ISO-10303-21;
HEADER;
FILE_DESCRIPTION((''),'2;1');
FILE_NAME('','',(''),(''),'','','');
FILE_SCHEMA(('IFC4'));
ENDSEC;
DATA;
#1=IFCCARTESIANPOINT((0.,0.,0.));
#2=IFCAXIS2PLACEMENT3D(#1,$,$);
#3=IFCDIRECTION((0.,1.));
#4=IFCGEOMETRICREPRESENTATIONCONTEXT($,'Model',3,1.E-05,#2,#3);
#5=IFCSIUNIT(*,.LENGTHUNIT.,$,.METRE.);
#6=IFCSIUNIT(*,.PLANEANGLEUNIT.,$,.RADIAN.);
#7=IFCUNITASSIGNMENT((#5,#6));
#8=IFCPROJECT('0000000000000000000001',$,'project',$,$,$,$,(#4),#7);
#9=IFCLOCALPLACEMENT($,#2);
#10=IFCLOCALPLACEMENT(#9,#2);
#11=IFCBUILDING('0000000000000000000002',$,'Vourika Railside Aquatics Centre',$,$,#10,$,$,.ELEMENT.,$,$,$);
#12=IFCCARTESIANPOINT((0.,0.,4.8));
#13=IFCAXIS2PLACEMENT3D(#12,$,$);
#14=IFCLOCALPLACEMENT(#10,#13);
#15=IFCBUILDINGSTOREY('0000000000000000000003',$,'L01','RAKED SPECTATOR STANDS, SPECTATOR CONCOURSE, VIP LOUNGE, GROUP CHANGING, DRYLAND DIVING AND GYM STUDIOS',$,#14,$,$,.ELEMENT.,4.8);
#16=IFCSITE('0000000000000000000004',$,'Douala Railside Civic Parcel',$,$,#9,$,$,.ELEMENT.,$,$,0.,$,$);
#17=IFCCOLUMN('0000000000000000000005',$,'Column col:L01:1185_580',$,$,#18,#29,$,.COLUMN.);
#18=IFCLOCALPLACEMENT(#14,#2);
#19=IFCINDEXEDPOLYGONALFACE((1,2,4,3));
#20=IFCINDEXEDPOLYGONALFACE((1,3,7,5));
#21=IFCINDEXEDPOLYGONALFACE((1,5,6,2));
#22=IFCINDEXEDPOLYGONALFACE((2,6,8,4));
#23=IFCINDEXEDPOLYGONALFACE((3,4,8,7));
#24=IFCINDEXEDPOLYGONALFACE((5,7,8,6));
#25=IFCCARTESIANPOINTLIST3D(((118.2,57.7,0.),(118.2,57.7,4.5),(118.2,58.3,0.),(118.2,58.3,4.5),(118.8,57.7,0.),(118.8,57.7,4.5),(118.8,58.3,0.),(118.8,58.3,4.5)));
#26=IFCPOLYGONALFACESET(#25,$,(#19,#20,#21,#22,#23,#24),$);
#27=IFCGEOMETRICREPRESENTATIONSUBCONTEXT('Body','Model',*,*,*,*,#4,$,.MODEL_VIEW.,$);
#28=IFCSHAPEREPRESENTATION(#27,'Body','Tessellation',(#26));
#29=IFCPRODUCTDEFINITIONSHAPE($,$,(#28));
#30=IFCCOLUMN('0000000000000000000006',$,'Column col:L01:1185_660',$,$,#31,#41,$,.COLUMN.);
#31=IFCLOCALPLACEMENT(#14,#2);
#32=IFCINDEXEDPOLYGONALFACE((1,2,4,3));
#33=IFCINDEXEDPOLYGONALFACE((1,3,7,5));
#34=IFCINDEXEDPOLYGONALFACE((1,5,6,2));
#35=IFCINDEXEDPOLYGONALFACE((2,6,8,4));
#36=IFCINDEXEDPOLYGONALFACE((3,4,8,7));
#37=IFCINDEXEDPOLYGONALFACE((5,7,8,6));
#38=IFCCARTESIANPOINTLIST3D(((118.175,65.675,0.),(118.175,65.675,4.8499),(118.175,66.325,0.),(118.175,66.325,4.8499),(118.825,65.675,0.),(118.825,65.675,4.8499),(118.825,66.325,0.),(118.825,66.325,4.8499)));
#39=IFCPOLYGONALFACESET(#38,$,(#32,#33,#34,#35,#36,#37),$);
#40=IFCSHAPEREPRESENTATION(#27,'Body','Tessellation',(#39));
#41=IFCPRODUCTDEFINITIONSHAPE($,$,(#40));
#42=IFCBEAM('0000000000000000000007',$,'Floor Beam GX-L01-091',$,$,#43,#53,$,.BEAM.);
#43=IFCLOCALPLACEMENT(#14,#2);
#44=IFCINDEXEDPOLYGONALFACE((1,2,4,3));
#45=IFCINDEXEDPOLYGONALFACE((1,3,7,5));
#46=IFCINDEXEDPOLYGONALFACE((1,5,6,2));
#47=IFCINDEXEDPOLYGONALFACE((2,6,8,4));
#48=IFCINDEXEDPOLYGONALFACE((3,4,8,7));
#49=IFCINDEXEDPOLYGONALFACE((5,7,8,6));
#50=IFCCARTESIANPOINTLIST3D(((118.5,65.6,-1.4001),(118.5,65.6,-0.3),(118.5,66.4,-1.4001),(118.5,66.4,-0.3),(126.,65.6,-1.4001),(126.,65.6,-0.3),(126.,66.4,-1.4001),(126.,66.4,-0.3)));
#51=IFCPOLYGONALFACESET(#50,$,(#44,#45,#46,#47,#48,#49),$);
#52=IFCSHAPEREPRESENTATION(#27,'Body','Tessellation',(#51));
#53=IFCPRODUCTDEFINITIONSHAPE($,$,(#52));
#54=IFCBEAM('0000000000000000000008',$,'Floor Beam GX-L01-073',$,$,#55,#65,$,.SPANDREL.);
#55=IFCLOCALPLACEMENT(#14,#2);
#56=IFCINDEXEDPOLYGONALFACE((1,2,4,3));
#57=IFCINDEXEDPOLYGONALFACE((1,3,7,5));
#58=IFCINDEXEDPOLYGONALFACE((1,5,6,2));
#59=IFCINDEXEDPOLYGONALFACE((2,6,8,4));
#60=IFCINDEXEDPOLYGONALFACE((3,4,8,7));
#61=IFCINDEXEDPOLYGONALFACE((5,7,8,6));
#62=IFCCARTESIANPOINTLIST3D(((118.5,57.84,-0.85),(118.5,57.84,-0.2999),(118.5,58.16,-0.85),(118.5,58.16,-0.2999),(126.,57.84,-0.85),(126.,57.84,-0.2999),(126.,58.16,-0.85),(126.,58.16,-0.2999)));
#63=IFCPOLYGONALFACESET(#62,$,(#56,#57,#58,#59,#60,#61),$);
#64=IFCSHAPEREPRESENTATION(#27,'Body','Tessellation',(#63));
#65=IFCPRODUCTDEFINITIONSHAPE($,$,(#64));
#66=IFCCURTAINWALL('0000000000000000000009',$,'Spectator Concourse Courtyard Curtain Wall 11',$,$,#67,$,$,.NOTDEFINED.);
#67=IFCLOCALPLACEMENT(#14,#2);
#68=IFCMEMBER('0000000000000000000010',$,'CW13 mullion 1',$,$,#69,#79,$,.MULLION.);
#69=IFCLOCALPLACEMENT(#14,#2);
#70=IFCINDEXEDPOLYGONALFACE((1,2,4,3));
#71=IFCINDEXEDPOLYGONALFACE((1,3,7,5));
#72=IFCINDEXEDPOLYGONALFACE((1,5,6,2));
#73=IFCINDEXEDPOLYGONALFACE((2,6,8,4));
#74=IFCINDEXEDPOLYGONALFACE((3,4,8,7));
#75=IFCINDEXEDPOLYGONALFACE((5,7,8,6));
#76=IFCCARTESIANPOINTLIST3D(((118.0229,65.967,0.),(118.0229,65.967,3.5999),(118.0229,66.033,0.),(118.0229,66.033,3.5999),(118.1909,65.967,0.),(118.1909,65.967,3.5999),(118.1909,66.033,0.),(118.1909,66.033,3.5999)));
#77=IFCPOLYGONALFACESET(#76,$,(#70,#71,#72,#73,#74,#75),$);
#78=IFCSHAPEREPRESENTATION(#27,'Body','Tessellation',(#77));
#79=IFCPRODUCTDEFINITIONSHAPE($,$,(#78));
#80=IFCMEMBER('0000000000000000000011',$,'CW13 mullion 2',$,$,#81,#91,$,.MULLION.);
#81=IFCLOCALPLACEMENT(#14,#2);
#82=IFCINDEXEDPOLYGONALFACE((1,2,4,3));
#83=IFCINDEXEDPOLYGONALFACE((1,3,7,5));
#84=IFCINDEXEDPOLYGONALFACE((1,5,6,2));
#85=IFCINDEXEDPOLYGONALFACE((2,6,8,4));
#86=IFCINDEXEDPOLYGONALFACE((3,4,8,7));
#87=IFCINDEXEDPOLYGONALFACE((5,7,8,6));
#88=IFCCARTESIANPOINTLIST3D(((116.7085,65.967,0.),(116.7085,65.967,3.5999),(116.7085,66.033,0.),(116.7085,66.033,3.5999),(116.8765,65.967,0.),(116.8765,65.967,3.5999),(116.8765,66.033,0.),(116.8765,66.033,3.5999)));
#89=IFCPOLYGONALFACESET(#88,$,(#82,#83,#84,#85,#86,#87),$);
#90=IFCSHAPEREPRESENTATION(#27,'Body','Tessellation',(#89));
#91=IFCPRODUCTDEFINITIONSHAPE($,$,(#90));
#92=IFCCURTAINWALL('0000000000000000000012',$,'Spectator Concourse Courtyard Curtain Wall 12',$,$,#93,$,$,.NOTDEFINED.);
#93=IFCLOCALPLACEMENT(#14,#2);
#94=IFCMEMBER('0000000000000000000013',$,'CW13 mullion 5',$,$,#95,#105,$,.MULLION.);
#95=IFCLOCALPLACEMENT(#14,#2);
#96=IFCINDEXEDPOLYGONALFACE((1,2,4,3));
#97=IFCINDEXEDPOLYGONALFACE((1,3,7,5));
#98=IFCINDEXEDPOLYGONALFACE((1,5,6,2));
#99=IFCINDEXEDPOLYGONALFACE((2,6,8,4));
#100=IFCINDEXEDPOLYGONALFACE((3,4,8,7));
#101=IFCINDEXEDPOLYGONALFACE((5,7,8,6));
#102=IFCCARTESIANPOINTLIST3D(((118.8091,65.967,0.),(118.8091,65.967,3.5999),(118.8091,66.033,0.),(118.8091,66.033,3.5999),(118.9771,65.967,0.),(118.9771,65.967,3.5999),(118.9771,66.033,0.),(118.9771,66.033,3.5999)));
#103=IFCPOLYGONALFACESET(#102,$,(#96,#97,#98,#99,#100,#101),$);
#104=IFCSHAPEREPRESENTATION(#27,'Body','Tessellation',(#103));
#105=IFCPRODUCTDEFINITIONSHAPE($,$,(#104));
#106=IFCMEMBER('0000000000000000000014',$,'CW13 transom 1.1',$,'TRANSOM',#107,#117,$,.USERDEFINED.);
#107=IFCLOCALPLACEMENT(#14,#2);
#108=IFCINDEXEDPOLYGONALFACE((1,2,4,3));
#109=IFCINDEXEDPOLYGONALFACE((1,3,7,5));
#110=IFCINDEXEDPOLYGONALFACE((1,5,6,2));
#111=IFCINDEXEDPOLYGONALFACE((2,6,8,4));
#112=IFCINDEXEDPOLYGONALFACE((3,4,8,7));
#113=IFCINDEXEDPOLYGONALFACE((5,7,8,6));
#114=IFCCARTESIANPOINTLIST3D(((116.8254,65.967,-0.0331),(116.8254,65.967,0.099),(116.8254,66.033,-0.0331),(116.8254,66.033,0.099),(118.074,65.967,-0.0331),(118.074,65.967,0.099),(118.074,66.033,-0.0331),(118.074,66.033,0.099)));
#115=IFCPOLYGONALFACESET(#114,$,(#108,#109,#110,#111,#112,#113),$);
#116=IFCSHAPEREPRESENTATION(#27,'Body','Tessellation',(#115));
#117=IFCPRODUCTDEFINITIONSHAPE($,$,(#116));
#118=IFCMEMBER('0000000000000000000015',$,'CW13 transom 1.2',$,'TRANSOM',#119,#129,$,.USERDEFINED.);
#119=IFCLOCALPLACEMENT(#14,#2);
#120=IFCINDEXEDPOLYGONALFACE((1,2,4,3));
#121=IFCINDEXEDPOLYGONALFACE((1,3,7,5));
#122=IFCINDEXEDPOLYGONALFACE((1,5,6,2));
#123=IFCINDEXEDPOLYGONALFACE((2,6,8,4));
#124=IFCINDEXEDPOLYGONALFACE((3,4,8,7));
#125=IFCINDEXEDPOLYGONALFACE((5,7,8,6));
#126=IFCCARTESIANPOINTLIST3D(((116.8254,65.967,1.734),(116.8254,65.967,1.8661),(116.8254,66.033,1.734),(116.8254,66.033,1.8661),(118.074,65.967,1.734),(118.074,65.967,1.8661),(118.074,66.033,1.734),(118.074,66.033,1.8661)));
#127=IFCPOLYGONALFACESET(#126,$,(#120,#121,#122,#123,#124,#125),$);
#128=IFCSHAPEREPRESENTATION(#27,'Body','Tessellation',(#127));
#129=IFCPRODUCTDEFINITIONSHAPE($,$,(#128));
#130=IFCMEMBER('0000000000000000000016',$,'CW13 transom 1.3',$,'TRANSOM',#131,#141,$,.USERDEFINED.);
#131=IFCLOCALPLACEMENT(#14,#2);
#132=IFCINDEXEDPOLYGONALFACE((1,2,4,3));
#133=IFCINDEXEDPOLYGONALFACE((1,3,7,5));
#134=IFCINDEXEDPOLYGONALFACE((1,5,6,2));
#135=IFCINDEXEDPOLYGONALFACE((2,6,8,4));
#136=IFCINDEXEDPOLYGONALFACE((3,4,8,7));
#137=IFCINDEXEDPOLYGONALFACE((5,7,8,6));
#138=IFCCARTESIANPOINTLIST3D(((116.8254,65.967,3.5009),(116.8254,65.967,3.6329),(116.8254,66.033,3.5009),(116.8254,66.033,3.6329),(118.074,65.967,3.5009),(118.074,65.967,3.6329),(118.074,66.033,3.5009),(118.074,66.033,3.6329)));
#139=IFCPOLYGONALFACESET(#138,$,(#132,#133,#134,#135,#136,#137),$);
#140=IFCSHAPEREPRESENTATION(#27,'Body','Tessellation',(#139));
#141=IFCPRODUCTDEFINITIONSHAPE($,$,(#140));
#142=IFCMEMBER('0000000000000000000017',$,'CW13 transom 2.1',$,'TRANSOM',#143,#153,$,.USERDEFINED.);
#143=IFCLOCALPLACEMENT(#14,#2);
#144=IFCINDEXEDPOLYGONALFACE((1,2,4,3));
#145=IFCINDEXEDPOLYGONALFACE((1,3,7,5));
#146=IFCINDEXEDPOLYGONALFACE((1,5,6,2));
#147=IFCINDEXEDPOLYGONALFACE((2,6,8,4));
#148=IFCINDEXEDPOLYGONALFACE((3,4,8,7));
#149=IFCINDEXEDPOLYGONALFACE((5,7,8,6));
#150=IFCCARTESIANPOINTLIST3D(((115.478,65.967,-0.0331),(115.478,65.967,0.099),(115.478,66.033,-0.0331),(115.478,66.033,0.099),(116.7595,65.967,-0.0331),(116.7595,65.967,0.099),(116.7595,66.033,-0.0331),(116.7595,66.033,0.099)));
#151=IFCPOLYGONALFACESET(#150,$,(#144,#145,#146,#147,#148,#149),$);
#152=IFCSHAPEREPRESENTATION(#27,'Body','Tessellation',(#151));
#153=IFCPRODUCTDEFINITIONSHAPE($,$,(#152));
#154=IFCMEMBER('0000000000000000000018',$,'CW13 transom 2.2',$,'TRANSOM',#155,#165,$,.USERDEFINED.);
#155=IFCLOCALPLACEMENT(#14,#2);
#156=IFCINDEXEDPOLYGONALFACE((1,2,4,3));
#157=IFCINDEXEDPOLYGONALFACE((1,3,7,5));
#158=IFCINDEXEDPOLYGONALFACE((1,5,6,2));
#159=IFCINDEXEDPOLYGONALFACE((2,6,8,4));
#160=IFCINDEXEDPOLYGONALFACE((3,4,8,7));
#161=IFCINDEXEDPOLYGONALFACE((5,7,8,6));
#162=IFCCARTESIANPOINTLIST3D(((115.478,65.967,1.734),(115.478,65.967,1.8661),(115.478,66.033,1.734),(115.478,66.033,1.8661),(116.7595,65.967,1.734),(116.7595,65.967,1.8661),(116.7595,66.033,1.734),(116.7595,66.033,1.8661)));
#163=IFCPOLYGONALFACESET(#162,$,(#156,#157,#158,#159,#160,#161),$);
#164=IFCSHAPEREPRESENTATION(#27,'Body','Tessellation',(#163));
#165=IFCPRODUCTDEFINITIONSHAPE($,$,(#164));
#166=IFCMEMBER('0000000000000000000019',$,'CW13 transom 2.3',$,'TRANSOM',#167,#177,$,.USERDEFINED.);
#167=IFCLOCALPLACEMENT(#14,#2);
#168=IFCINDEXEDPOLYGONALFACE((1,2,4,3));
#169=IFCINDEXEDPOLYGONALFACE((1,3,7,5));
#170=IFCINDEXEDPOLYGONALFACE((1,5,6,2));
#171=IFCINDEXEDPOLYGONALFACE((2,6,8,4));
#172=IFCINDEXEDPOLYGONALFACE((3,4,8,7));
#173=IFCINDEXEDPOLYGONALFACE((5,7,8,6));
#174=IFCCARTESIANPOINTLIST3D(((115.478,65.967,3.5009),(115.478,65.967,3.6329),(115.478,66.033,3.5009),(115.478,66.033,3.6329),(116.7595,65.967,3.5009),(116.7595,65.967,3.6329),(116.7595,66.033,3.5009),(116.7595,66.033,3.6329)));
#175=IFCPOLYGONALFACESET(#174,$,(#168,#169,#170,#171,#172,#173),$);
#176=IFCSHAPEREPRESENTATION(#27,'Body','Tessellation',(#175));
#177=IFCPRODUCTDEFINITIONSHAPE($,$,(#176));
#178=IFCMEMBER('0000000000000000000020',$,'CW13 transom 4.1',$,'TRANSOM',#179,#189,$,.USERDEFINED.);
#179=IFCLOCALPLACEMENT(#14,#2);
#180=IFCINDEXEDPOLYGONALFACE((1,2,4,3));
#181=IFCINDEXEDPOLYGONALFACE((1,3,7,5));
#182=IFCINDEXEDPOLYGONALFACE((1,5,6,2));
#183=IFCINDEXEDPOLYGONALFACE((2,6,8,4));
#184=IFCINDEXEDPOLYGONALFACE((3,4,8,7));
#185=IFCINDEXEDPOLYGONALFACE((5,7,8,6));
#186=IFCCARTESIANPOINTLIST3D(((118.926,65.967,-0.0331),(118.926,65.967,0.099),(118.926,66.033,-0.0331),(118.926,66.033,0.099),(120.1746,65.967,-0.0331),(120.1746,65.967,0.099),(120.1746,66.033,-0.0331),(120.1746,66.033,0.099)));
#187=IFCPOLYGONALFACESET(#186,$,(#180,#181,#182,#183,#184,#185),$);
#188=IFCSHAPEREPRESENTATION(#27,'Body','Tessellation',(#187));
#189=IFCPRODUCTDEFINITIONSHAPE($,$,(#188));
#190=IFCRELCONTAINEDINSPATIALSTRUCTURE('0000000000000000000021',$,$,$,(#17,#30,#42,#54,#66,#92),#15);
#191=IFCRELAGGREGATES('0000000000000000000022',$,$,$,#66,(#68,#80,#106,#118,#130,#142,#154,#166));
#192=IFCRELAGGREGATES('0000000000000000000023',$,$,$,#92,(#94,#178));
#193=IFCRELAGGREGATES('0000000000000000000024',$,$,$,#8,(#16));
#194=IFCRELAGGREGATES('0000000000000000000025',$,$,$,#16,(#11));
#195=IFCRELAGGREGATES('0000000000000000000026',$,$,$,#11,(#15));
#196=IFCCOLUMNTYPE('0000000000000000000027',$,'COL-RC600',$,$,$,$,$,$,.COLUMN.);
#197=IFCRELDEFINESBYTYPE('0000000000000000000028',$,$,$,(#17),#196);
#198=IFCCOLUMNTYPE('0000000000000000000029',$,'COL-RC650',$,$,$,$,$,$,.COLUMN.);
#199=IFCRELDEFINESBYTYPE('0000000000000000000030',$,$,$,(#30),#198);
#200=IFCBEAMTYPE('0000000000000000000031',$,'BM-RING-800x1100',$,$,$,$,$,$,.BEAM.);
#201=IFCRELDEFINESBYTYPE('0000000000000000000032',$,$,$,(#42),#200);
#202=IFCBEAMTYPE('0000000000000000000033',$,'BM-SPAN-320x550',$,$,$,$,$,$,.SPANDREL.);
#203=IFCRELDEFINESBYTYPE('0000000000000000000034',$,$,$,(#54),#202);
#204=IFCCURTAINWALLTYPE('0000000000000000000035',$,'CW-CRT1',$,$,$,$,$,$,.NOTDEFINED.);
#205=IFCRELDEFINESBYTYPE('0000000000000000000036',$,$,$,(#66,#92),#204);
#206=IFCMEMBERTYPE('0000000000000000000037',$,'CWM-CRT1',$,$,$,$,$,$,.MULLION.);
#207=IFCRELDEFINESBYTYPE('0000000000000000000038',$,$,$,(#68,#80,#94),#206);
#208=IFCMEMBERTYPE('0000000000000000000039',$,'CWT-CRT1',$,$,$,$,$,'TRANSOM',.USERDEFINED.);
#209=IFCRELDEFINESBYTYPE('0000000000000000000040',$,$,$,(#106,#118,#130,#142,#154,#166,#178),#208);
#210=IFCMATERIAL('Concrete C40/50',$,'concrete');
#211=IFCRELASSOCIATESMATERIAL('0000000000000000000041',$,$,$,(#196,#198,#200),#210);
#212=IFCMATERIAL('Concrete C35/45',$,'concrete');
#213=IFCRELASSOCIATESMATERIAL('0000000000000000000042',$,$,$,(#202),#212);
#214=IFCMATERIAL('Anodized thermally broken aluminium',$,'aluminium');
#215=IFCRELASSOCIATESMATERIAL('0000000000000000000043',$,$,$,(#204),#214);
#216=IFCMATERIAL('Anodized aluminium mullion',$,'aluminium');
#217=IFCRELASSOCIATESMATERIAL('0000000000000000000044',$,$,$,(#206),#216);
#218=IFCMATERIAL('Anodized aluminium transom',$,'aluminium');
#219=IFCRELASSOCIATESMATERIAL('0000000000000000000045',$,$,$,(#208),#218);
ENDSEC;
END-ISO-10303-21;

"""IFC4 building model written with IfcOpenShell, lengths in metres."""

from ifc_helpers import new_model, si_unit, direction, frame, origin, origin_2d, place, context, subcontext, project, spatial, rectangle, extrude, material, material_profile, profile_set, type_object, element, aggregate, save


model = new_model("IFC4")

# Units and contexts
model_context = context("Model", 3, precision=1e-05, world=origin(), true_north=direction((0.0, 1.0)))
body_context = subcontext(model_context, "Body", "Model", "MODEL_VIEW")
ifc_project = project(units=[si_unit("LENGTHUNIT", "METRE"), si_unit("PLANEANGLEUNIT", "RADIAN")], contexts=[model_context])

# Site, building, storey
site_placement = place(None, origin())
site = spatial("IfcSite", under=ifc_project, at=site_placement, Name="Douala Railside Civic Parcel", CompositionType="ELEMENT", RefElevation=0.0)
building_placement = place(site_placement, origin())
building = spatial("IfcBuilding", under=site, at=building_placement, Name="Vourika Railside Aquatics Centre", CompositionType="ELEMENT")
storey_placement = place(building_placement, frame((0.0, 0.0, 4.8)))
storey = spatial("IfcBuildingStorey", under=building, at=storey_placement, Name="L01", Description="RAKED SPECTATOR STANDS, SPECTATOR CONCOURSE, VIP LOUNGE, GROUP CHANGING, DRYLAND DIVING AND GYM STUDIOS", CompositionType="ELEMENT", Elevation=4.8)

# Columns
ifc_material_1 = material(Name="Concrete C40/50", Category="concrete")
ifc_material_profile_1 = material_profile(ifc_material_1, rectangle(XDim=0.6001, YDim=0.6001, at=origin_2d()), Name="RC 600x600")
ifc_profile_set_1 = profile_set([ifc_material_profile_1], Name="Concrete C40/50")
column_type_1 = type_object("IfcColumnType", Name="COL-RC600", PredefinedType="COLUMN", material=ifc_profile_set_1)
column_1_placement = place(storey_placement, frame((118.5, 58.0, 0.0), z_axis=(0.0, 0.0, 1.0), x_axis=(1.0, 0.0, 0.0)))
element("IfcColumn", 1, at=column_1_placement, inside=storey, type_object=column_type_1, Name="Column col:L01:1185_580", PredefinedType="COLUMN", context=body_context, shape_type="SweptSolid", body=[
    extrude(rectangle(XDim=0.6001, YDim=0.6001, at=origin_2d()), origin(), (0.0, 0.0, 1.0), 4.5),
])
ifc_material_profile_2 = material_profile(ifc_material_1, rectangle(XDim=0.6499, YDim=0.6499, at=origin_2d()), Name="RC 650x650")
ifc_profile_set_2 = profile_set([ifc_material_profile_2], Name="Concrete C40/50")
column_type_2 = type_object("IfcColumnType", Name="COL-RC650", PredefinedType="COLUMN", material=ifc_profile_set_2)
column_2_placement = place(storey_placement, frame((118.5, 66.0, 0.0), z_axis=(0.0, 0.0, 1.0), x_axis=(1.0, 0.0, 0.0)))
element("IfcColumn", 2, at=column_2_placement, inside=storey, type_object=column_type_2, Name="Column col:L01:1185_660", PredefinedType="COLUMN", context=body_context, shape_type="SweptSolid", body=[
    extrude(rectangle(XDim=0.6499, YDim=0.6499, at=origin_2d()), origin(), (0.0, 0.0, 1.0), 4.8499),
])

# Beams
ifc_material_profile_3 = material_profile(ifc_material_1, rectangle(XDim=0.8, YDim=1.1001, at=origin_2d()), Name="RC 800x1100")
ifc_profile_set_3 = profile_set([ifc_material_profile_3], Name="Concrete C40/50")
beam_type_1 = type_object("IfcBeamType", Name="BM-RING-800x1100", PredefinedType="BEAM", material=ifc_profile_set_3)
beam_1_placement = place(storey_placement, frame((118.5, 66.0, -0.8501), z_axis=(1.0, 0.0, 0.0), x_axis=(0.0, 1.0, 0.0)))
element("IfcBeam", 3, at=beam_1_placement, inside=storey, type_object=beam_type_1, Name="Floor Beam GX-L01-091", PredefinedType="BEAM", context=body_context, shape_type="SweptSolid", body=[
    extrude(rectangle(XDim=0.8, YDim=1.1001, at=origin_2d()), origin(), (0.0, 0.0, 1.0), 7.5),
])
ifc_material_2 = material(Name="Concrete C35/45", Category="concrete")
ifc_material_profile_4 = material_profile(ifc_material_2, rectangle(XDim=0.3201, YDim=0.55, at=origin_2d()), Name="RC 320x550")
ifc_profile_set_4 = profile_set([ifc_material_profile_4], Name="Concrete C35/45")
beam_type_2 = type_object("IfcBeamType", Name="BM-SPAN-320x550", PredefinedType="SPANDREL", material=ifc_profile_set_4)
beam_2_placement = place(storey_placement, frame((118.5, 58.0, -0.575), z_axis=(1.0, 0.0, 0.0), x_axis=(0.0, 1.0, 0.0)))
element("IfcBeam", 4, at=beam_2_placement, inside=storey, type_object=beam_type_2, Name="Floor Beam GX-L01-073", PredefinedType="SPANDREL", context=body_context, shape_type="SweptSolid", body=[
    extrude(rectangle(XDim=0.3201, YDim=0.55, at=origin_2d()), origin(), (0.0, 0.0, 1.0), 7.5),
])

# Curtain wall, members
ifc_material_3 = material(Name="Anodized thermally broken aluminium", Category="aluminium")
curtain_wall_type = type_object("IfcCurtainWallType", Name="CW-CRT1", PredefinedType="NOTDEFINED", material=ifc_material_3)
curtain_wall_1_placement = place(storey_placement, origin())
curtain_wall_1 = element("IfcCurtainWall", 5, at=curtain_wall_1_placement, inside=storey, type_object=curtain_wall_type, Name="Spectator Concourse Courtyard Curtain Wall 11", PredefinedType="NOTDEFINED")
ifc_material_4 = material(Name="Anodized aluminium mullion", Category="aluminium")
ifc_material_profile_5 = material_profile(ifc_material_4, rectangle(XDim=0.0659, YDim=0.168, at=origin_2d()), Name="ALU-M 66x168")
ifc_profile_set_5 = profile_set([ifc_material_profile_5], Name="Anodized aluminium mullion")
member_type_1 = type_object("IfcMemberType", Name="CWM-CRT1", PredefinedType="MULLION", material=ifc_profile_set_5)
member_1_placement = place(storey_placement, frame((118.1069, 66.0, 0.0), z_axis=(0.0, 0.0, 1.0), x_axis=(0.0, -1.0, 0.0)))
member_1 = element("IfcMember", 6, at=member_1_placement, type_object=member_type_1, Name="CW13 mullion 1", PredefinedType="MULLION", context=body_context, shape_type="SweptSolid", body=[
    extrude(rectangle(XDim=0.0659, YDim=0.168, at=origin_2d()), origin(), (0.0, 0.0, 1.0), 3.5999),
])
member_2_placement = place(storey_placement, frame((116.7925, 66.0, 0.0), z_axis=(0.0, 0.0, 1.0), x_axis=(0.0, -1.0, 0.0)))
member_2 = element("IfcMember", 7, at=member_2_placement, type_object=member_type_1, Name="CW13 mullion 2", PredefinedType="MULLION", context=body_context, shape_type="SweptSolid", body=[
    extrude(rectangle(XDim=0.0659, YDim=0.168, at=origin_2d()), origin(), (0.0, 0.0, 1.0), 3.5999),
])

# Curtain wall, member
curtain_wall_2_placement = place(storey_placement, origin())
curtain_wall_2 = element("IfcCurtainWall", 8, at=curtain_wall_2_placement, inside=storey, type_object=curtain_wall_type, Name="Spectator Concourse Courtyard Curtain Wall 12", PredefinedType="NOTDEFINED")
member_3_placement = place(storey_placement, frame((118.8931, 66.0, 0.0), z_axis=(0.0, 0.0, 1.0), x_axis=(0.0, -1.0, 0.0)))
member_3 = element("IfcMember", 9, at=member_3_placement, type_object=member_type_1, Name="CW13 mullion 5", PredefinedType="MULLION", context=body_context, shape_type="SweptSolid", body=[
    extrude(rectangle(XDim=0.0659, YDim=0.168, at=origin_2d()), origin(), (0.0, 0.0, 1.0), 3.5999),
])

# Members
ifc_material_5 = material(Name="Anodized aluminium transom", Category="aluminium")
ifc_material_profile_6 = material_profile(ifc_material_5, rectangle(XDim=0.0659, YDim=0.1321, at=origin_2d()), Name="ALU-T 66x132")
ifc_profile_set_6 = profile_set([ifc_material_profile_6], Name="Anodized aluminium transom")
member_type_2 = type_object("IfcMemberType", Name="CWT-CRT1", ElementType="TRANSOM", PredefinedType="USERDEFINED", material=ifc_profile_set_6)
member_4_placement = place(storey_placement, frame((118.074, 66.0, 0.033), z_axis=(-1.0, 0.0, 0.0), x_axis=(0.0, -1.0, 0.0)))
member_4 = element("IfcMember", 10, at=member_4_placement, type_object=member_type_2, Name="CW13 transom 1.1", ObjectType="TRANSOM", PredefinedType="USERDEFINED", context=body_context, shape_type="SweptSolid", body=[
    extrude(rectangle(XDim=0.0659, YDim=0.1321, at=origin_2d()), origin(), (0.0, 0.0, 1.0), 1.2485),
])
member_5_placement = place(storey_placement, frame((118.074, 66.0, 1.8), z_axis=(-1.0, 0.0, 0.0), x_axis=(0.0, -1.0, 0.0)))
member_5 = element("IfcMember", 11, at=member_5_placement, type_object=member_type_2, Name="CW13 transom 1.2", ObjectType="TRANSOM", PredefinedType="USERDEFINED", context=body_context, shape_type="SweptSolid", body=[
    extrude(rectangle(XDim=0.0659, YDim=0.1321, at=origin_2d()), origin(), (0.0, 0.0, 1.0), 1.2485),
])
member_6_placement = place(storey_placement, frame((118.074, 66.0, 3.5669), z_axis=(-1.0, 0.0, 0.0), x_axis=(0.0, -1.0, 0.0)))
member_6 = element("IfcMember", 12, at=member_6_placement, type_object=member_type_2, Name="CW13 transom 1.3", ObjectType="TRANSOM", PredefinedType="USERDEFINED", context=body_context, shape_type="SweptSolid", body=[
    extrude(rectangle(XDim=0.0659, YDim=0.1321, at=origin_2d()), origin(), (0.0, 0.0, 1.0), 1.2485),
])
member_7_placement = place(storey_placement, frame((116.7595, 66.0, 0.033), z_axis=(-1.0, 0.0, 0.0), x_axis=(0.0, -1.0, 0.0)))
member_7 = element("IfcMember", 13, at=member_7_placement, type_object=member_type_2, Name="CW13 transom 2.1", ObjectType="TRANSOM", PredefinedType="USERDEFINED", context=body_context, shape_type="SweptSolid", body=[
    extrude(rectangle(XDim=0.0659, YDim=0.1321, at=origin_2d()), origin(), (0.0, 0.0, 1.0), 1.2815),
])
member_8_placement = place(storey_placement, frame((116.7595, 66.0, 1.8), z_axis=(-1.0, 0.0, 0.0), x_axis=(0.0, -1.0, 0.0)))
member_8 = element("IfcMember", 14, at=member_8_placement, type_object=member_type_2, Name="CW13 transom 2.2", ObjectType="TRANSOM", PredefinedType="USERDEFINED", context=body_context, shape_type="SweptSolid", body=[
    extrude(rectangle(XDim=0.0659, YDim=0.1321, at=origin_2d()), origin(), (0.0, 0.0, 1.0), 1.2815),
])
member_9_placement = place(storey_placement, frame((116.7595, 66.0, 3.5669), z_axis=(-1.0, 0.0, 0.0), x_axis=(0.0, -1.0, 0.0)))
member_9 = element("IfcMember", 15, at=member_9_placement, type_object=member_type_2, Name="CW13 transom 2.3", ObjectType="TRANSOM", PredefinedType="USERDEFINED", context=body_context, shape_type="SweptSolid", body=[
    extrude(rectangle(XDim=0.0659, YDim=0.1321, at=origin_2d()), origin(), (0.0, 0.0, 1.0), 1.2815),
])
member_10_placement = place(storey_placement, frame((120.1746, 66.0, 0.033), z_axis=(-1.0, 0.0, 0.0), x_axis=(0.0, -1.0, 0.0)))
member_10 = element("IfcMember", 16, at=member_10_placement, type_object=member_type_2, Name="CW13 transom 4.1", ObjectType="TRANSOM", PredefinedType="USERDEFINED", context=body_context, shape_type="SweptSolid", body=[
    extrude(rectangle(XDim=0.0659, YDim=0.1321, at=origin_2d()), origin(), (0.0, 0.0, 1.0), 1.2485),
])

aggregate(curtain_wall_1, [member_1, member_2, member_4, member_5, member_6, member_7, member_8, member_9])
aggregate(curtain_wall_2, [member_3, member_10])

save(model, "model.ifc")
